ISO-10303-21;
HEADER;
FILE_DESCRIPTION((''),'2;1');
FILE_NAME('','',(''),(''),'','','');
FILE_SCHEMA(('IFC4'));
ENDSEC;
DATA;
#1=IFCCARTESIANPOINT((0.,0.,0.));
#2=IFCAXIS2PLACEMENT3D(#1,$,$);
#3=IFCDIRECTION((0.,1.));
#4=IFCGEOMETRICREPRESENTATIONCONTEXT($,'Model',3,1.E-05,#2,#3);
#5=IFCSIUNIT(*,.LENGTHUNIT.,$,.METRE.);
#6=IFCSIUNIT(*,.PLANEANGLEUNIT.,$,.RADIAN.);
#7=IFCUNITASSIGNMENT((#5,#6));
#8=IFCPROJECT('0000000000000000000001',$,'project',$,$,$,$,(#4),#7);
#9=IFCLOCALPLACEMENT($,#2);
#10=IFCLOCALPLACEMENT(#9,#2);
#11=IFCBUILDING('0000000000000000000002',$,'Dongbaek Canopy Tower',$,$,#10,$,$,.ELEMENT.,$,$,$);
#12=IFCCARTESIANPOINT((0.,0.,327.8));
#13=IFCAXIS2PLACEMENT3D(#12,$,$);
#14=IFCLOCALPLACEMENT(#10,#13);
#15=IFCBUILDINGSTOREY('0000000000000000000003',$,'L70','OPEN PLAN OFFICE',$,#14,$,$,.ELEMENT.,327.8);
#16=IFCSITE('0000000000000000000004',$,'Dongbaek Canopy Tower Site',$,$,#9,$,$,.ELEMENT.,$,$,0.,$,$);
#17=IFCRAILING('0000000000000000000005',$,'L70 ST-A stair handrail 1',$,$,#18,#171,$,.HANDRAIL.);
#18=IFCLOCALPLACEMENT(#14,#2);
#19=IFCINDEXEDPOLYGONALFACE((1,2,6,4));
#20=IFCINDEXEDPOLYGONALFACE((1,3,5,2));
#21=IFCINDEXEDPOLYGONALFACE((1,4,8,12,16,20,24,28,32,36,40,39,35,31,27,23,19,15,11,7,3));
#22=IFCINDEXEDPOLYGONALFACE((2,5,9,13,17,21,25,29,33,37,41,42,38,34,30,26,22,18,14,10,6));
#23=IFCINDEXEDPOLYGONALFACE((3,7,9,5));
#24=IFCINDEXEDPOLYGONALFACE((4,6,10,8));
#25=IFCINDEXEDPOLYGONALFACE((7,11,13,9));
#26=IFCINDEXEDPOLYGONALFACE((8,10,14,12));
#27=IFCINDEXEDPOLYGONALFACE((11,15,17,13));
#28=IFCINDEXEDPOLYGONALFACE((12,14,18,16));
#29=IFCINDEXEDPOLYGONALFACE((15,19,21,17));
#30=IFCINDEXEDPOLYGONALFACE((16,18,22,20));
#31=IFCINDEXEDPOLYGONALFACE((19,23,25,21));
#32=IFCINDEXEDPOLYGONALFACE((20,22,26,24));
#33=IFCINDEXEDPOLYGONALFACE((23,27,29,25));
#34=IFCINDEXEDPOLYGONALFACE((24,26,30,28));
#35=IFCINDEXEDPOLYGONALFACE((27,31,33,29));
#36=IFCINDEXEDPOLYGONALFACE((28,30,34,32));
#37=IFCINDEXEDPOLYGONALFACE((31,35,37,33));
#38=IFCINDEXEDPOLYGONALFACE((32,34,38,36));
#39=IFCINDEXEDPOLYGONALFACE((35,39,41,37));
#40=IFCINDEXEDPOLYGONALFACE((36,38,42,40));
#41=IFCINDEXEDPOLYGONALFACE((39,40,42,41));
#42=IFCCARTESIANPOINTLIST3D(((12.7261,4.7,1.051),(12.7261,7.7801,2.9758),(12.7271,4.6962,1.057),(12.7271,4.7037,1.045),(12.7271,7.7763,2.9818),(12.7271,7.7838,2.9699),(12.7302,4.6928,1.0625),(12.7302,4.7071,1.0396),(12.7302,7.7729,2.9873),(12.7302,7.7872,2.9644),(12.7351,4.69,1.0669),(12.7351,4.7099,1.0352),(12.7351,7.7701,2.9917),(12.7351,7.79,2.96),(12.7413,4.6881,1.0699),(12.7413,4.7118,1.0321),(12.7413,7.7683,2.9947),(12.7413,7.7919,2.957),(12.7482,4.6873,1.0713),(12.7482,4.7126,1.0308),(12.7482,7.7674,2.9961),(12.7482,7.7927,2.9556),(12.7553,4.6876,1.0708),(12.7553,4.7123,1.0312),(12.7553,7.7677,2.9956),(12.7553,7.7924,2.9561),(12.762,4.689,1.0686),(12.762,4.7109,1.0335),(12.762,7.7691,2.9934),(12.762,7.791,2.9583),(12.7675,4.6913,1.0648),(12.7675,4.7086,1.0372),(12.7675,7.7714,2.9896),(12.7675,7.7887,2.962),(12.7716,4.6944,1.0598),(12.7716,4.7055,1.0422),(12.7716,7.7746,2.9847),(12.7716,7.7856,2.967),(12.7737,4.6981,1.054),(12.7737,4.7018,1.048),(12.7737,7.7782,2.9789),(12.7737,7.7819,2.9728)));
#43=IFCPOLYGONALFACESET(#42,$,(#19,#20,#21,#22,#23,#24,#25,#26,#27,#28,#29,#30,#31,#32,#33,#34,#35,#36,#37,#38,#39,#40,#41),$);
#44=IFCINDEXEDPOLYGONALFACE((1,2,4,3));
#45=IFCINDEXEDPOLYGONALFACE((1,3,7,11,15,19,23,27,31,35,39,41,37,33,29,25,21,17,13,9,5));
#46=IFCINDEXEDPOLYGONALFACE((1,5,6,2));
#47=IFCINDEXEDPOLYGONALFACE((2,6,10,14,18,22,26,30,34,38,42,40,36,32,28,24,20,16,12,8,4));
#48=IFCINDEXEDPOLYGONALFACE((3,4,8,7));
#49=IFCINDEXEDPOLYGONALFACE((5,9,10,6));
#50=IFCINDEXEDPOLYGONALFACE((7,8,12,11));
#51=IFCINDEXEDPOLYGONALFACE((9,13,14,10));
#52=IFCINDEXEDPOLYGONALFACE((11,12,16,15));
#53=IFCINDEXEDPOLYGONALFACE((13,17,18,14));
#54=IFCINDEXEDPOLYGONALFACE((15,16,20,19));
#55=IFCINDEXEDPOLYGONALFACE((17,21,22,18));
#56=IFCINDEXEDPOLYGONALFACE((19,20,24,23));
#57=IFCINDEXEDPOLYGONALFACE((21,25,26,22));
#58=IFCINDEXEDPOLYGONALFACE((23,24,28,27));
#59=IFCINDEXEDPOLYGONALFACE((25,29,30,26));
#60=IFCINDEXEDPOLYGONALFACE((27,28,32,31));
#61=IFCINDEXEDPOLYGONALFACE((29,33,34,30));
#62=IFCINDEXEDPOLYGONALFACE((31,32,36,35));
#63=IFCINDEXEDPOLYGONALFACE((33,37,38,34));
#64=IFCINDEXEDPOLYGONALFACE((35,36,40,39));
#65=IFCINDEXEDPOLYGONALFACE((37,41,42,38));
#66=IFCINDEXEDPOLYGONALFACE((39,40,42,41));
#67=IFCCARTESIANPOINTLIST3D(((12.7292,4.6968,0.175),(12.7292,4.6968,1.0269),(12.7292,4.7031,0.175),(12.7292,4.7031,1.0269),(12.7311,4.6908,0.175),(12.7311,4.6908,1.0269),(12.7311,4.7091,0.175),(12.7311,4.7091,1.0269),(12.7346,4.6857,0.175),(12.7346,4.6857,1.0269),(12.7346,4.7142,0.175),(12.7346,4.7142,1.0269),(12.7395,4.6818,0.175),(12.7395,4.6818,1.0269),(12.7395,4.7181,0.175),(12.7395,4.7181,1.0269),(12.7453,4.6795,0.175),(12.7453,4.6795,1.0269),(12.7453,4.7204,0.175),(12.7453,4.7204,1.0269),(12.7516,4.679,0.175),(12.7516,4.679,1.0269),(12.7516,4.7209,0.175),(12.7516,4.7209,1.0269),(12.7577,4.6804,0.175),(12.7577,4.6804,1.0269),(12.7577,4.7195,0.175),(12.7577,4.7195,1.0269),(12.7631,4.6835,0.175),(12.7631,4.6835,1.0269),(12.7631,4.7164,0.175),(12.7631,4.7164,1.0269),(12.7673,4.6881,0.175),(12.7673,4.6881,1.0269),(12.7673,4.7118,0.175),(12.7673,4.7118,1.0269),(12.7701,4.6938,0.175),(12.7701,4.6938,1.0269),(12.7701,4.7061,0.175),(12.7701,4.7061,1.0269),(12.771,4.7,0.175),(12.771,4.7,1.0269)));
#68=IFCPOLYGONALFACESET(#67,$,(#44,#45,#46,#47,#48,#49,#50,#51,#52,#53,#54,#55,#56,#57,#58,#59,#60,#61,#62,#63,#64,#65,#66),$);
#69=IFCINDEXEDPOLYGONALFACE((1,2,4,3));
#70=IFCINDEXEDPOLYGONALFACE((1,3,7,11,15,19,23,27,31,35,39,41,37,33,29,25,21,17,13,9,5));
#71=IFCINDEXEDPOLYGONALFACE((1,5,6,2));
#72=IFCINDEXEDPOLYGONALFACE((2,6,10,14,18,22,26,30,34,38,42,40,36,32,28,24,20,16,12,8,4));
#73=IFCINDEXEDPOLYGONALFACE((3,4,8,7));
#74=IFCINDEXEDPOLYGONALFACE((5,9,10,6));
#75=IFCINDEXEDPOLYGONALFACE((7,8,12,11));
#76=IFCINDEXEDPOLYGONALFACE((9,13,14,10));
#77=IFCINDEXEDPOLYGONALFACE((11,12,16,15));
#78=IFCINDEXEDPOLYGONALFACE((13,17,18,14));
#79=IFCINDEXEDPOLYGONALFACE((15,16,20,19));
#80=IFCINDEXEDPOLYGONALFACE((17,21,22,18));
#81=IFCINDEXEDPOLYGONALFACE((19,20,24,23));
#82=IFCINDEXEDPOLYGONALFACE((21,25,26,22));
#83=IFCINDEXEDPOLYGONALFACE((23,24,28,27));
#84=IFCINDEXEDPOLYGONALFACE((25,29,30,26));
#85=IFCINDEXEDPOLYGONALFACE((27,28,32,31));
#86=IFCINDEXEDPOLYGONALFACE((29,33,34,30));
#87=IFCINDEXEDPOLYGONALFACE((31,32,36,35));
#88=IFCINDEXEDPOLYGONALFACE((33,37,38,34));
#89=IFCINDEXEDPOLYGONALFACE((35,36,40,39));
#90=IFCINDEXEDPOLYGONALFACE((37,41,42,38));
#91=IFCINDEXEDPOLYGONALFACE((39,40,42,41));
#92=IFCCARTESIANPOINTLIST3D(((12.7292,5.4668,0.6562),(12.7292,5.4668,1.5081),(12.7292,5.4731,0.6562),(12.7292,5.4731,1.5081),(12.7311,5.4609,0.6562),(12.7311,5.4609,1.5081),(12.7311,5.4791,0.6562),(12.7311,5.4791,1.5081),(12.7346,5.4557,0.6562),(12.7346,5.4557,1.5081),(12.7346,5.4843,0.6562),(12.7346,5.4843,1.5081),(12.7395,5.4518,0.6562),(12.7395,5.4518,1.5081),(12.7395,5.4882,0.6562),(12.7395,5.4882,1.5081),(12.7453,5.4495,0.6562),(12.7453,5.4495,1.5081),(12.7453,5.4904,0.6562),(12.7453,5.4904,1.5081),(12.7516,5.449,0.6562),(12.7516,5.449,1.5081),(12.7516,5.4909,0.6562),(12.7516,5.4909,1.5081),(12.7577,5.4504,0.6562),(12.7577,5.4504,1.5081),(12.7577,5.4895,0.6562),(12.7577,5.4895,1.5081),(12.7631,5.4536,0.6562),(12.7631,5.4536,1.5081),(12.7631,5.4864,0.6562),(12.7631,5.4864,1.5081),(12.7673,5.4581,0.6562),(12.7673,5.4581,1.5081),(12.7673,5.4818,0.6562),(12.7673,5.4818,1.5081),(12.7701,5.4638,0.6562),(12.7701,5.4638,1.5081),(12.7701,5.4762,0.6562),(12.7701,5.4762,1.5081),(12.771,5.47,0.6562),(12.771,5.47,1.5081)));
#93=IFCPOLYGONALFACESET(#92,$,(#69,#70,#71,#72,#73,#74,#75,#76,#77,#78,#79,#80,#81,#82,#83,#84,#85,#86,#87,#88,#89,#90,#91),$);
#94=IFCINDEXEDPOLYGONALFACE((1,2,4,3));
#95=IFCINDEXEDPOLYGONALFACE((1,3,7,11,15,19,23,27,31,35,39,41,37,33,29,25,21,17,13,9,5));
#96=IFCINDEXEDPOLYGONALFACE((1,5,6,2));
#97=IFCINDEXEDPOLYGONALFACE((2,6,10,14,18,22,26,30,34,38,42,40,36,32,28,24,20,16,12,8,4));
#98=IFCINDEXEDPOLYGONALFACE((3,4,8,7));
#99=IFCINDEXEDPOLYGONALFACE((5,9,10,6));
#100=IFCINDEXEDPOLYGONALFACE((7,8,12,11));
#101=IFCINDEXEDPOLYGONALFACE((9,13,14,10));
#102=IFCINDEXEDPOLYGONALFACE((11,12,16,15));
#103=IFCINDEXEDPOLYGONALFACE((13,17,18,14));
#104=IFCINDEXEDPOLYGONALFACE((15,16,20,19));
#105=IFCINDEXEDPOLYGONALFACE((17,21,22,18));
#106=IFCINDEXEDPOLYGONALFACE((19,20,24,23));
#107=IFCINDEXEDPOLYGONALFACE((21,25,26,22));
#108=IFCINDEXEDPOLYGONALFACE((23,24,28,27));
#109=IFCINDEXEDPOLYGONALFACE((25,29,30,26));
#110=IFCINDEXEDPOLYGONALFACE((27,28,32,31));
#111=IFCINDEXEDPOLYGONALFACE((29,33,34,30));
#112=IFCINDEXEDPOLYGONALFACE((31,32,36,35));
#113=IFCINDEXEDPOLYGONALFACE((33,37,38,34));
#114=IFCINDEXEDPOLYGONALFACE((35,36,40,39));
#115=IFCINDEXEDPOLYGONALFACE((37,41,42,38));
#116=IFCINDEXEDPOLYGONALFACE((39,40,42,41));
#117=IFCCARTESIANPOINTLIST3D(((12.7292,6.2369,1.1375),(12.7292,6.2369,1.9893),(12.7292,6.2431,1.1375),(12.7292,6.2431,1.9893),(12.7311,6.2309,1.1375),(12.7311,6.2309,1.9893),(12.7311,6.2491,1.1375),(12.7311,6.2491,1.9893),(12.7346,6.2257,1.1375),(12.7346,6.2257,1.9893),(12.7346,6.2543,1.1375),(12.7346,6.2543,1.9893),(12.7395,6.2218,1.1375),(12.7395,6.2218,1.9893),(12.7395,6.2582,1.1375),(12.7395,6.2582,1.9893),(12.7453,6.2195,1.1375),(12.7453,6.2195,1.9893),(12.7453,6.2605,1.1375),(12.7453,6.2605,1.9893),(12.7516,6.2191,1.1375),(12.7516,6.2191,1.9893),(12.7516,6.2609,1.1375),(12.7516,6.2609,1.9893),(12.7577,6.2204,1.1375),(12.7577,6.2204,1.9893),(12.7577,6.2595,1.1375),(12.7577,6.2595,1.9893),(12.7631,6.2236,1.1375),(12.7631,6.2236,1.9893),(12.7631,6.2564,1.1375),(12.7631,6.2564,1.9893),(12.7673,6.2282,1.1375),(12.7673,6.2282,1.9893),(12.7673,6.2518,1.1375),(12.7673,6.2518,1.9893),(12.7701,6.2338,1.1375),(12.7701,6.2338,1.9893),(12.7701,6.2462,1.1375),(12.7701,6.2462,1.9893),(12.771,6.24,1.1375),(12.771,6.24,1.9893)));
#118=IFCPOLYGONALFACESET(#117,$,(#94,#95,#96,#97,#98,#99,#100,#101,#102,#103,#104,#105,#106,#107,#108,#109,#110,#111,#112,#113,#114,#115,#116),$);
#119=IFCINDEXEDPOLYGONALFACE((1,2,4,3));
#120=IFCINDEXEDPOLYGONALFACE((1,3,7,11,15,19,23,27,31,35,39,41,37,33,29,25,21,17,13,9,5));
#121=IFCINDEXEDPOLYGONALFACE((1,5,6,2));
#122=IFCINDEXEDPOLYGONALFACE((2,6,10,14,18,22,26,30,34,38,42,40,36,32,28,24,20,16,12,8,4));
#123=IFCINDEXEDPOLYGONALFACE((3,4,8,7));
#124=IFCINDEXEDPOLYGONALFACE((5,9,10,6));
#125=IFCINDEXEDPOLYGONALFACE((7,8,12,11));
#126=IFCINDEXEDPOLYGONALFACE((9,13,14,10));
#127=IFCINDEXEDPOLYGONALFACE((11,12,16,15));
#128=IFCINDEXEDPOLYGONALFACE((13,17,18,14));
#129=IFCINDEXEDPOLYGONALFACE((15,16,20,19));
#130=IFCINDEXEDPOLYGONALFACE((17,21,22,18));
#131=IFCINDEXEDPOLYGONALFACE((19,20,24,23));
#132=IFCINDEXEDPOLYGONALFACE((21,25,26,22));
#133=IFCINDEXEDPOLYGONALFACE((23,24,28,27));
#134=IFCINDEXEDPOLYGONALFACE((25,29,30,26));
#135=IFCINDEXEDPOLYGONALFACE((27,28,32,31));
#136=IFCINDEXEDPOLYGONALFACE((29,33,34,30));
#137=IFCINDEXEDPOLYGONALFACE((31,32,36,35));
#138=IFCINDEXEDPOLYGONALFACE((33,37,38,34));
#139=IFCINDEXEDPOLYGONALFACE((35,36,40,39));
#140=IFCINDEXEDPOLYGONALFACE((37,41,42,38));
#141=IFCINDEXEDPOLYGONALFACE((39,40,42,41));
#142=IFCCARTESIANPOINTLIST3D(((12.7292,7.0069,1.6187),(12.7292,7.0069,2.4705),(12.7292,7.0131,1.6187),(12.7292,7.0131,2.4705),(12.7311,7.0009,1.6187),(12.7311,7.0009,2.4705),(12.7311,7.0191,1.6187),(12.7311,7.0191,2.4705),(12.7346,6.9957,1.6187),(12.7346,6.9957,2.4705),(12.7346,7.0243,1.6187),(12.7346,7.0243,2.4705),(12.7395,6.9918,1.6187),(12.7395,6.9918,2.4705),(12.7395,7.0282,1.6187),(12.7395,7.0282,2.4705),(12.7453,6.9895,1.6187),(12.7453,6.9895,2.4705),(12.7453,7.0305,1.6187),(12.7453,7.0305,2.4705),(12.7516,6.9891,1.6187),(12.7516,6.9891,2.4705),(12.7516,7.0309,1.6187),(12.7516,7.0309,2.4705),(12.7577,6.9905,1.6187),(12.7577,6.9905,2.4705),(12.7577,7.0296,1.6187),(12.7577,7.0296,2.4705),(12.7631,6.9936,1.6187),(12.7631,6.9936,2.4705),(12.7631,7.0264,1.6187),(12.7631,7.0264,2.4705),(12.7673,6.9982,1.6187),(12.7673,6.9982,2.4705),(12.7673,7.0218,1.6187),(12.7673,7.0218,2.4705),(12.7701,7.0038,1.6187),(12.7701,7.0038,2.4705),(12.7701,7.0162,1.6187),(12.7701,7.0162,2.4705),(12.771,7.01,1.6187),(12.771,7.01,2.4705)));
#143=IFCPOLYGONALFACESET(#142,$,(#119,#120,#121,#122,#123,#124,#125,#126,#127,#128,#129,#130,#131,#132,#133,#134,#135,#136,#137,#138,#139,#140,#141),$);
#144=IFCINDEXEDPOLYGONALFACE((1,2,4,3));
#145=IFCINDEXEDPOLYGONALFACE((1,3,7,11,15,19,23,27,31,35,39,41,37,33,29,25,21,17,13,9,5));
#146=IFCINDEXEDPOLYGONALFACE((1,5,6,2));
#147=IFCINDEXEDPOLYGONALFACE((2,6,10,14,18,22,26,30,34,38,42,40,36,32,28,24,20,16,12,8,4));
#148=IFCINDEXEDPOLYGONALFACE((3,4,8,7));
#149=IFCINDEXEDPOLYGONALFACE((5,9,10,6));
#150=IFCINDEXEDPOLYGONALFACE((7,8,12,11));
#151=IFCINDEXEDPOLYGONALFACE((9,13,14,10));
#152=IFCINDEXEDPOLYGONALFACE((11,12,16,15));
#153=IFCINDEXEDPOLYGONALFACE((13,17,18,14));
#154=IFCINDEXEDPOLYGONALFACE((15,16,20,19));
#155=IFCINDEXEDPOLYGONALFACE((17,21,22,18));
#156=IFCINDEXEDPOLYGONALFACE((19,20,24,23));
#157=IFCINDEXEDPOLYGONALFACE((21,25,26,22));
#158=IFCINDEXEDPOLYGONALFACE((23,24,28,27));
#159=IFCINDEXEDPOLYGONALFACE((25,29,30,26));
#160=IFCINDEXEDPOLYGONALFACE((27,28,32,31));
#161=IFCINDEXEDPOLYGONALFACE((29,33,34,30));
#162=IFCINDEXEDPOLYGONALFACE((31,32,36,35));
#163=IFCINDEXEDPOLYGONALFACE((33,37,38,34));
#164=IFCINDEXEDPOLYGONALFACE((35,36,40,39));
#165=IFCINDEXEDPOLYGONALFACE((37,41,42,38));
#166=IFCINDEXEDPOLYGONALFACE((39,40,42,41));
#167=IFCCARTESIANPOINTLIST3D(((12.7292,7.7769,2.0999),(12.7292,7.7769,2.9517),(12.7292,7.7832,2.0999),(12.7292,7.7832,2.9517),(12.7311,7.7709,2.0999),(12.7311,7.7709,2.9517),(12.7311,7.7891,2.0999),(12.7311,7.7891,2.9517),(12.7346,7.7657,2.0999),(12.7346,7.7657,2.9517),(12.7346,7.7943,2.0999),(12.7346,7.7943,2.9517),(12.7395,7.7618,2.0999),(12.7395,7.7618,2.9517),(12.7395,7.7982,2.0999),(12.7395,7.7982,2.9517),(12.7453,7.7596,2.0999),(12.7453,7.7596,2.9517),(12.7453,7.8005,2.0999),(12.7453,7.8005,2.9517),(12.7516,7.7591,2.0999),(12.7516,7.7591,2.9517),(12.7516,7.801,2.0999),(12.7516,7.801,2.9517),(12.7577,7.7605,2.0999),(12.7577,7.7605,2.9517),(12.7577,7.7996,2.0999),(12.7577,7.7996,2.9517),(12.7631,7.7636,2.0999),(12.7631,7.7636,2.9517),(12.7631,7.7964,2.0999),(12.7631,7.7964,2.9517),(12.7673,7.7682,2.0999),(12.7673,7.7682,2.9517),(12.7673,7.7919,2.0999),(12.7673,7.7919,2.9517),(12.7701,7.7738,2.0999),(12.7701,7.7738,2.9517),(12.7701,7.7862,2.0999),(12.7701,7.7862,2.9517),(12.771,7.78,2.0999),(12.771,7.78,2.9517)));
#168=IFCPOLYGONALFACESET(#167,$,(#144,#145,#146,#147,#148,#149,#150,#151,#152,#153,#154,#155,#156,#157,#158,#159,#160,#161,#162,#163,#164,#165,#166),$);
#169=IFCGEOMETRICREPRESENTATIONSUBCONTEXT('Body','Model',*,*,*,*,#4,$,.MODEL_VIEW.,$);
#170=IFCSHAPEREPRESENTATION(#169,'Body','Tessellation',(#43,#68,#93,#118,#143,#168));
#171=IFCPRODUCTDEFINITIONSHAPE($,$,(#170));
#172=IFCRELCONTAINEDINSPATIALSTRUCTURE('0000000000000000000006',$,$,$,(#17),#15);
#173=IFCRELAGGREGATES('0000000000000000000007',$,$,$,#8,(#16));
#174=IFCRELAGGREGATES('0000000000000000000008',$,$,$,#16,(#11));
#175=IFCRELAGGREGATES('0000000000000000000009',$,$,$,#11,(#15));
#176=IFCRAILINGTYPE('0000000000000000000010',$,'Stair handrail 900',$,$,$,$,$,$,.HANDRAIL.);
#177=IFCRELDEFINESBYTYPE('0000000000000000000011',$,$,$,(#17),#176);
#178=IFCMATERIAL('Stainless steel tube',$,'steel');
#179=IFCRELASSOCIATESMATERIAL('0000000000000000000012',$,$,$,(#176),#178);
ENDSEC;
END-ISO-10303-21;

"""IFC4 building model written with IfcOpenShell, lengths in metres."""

from ifc_helpers import new_model, si_unit, direction, frame, origin, origin_2d, place, context, subcontext, project, spatial, circle, extrude, material, type_object, element, save


model = new_model("IFC4")

# Units and contexts
model_context = context("Model", 3, precision=1e-05, world=origin(), true_north=direction((0.0, 1.0)))
body_context = subcontext(model_context, "Body", "Model", "MODEL_VIEW")
ifc_project = project(units=[si_unit("LENGTHUNIT", "METRE"), si_unit("PLANEANGLEUNIT", "RADIAN")], contexts=[model_context])

# Site, building, storey
site_placement = place(None, origin())
site = spatial("IfcSite", under=ifc_project, at=site_placement, Name="Dongbaek Canopy Tower Site", CompositionType="ELEMENT", RefElevation=0.0)
building_placement = place(site_placement, origin())
building = spatial("IfcBuilding", under=site, at=building_placement, Name="Dongbaek Canopy Tower", CompositionType="ELEMENT")
storey_placement = place(building_placement, frame((0.0, 0.0, 327.8)))
storey = spatial("IfcBuildingStorey", under=building, at=storey_placement, Name="L70", Description="OPEN PLAN OFFICE", CompositionType="ELEMENT", Elevation=327.8)

# Railing
ifc_material_1 = material(Name="Stainless steel tube", Category="steel")
railing_type_1 = type_object("IfcRailingType", Name="Stair handrail 900", PredefinedType="HANDRAIL", material=ifc_material_1)
railing_1_placement = place(storey_placement, frame((12.75, 4.7, 0.175)))
element("IfcRailing", 1, at=railing_1_placement, inside=storey, type_object=railing_type_1, Name="L70 ST-A stair handrail 1", PredefinedType="HANDRAIL", context=body_context, shape_type="SweptSolid", body=[
    extrude(circle(Radius=0.0239, at=origin_2d()), frame((0.0, 0.0, 0.876), z_axis=(0.0, 0.848029, 0.529951), x_axis=(-1.0, 0.0, 0.0)), (0.0, 0.0, 1.0), 3.6321),
    extrude(circle(Radius=0.021, at=origin_2d()), origin(), (0.0, 0.0, 1.0), 0.8518),
    extrude(circle(Radius=0.021, at=origin_2d()), frame((0.0, 0.77, 0.4812)), (0.0, 0.0, 1.0), 0.8518),
    extrude(circle(Radius=0.021, at=origin_2d()), frame((0.0, 1.54, 0.9624)), (0.0, 0.0, 1.0), 0.8518),
    extrude(circle(Radius=0.021, at=origin_2d()), frame((0.0, 2.3101, 1.4436)), (0.0, 0.0, 1.0), 0.8518),
    extrude(circle(Radius=0.021, at=origin_2d()), frame((0.0, 3.0801, 1.9248)), (0.0, 0.0, 1.0), 0.8518),
])

save(model, "model.ifc")
